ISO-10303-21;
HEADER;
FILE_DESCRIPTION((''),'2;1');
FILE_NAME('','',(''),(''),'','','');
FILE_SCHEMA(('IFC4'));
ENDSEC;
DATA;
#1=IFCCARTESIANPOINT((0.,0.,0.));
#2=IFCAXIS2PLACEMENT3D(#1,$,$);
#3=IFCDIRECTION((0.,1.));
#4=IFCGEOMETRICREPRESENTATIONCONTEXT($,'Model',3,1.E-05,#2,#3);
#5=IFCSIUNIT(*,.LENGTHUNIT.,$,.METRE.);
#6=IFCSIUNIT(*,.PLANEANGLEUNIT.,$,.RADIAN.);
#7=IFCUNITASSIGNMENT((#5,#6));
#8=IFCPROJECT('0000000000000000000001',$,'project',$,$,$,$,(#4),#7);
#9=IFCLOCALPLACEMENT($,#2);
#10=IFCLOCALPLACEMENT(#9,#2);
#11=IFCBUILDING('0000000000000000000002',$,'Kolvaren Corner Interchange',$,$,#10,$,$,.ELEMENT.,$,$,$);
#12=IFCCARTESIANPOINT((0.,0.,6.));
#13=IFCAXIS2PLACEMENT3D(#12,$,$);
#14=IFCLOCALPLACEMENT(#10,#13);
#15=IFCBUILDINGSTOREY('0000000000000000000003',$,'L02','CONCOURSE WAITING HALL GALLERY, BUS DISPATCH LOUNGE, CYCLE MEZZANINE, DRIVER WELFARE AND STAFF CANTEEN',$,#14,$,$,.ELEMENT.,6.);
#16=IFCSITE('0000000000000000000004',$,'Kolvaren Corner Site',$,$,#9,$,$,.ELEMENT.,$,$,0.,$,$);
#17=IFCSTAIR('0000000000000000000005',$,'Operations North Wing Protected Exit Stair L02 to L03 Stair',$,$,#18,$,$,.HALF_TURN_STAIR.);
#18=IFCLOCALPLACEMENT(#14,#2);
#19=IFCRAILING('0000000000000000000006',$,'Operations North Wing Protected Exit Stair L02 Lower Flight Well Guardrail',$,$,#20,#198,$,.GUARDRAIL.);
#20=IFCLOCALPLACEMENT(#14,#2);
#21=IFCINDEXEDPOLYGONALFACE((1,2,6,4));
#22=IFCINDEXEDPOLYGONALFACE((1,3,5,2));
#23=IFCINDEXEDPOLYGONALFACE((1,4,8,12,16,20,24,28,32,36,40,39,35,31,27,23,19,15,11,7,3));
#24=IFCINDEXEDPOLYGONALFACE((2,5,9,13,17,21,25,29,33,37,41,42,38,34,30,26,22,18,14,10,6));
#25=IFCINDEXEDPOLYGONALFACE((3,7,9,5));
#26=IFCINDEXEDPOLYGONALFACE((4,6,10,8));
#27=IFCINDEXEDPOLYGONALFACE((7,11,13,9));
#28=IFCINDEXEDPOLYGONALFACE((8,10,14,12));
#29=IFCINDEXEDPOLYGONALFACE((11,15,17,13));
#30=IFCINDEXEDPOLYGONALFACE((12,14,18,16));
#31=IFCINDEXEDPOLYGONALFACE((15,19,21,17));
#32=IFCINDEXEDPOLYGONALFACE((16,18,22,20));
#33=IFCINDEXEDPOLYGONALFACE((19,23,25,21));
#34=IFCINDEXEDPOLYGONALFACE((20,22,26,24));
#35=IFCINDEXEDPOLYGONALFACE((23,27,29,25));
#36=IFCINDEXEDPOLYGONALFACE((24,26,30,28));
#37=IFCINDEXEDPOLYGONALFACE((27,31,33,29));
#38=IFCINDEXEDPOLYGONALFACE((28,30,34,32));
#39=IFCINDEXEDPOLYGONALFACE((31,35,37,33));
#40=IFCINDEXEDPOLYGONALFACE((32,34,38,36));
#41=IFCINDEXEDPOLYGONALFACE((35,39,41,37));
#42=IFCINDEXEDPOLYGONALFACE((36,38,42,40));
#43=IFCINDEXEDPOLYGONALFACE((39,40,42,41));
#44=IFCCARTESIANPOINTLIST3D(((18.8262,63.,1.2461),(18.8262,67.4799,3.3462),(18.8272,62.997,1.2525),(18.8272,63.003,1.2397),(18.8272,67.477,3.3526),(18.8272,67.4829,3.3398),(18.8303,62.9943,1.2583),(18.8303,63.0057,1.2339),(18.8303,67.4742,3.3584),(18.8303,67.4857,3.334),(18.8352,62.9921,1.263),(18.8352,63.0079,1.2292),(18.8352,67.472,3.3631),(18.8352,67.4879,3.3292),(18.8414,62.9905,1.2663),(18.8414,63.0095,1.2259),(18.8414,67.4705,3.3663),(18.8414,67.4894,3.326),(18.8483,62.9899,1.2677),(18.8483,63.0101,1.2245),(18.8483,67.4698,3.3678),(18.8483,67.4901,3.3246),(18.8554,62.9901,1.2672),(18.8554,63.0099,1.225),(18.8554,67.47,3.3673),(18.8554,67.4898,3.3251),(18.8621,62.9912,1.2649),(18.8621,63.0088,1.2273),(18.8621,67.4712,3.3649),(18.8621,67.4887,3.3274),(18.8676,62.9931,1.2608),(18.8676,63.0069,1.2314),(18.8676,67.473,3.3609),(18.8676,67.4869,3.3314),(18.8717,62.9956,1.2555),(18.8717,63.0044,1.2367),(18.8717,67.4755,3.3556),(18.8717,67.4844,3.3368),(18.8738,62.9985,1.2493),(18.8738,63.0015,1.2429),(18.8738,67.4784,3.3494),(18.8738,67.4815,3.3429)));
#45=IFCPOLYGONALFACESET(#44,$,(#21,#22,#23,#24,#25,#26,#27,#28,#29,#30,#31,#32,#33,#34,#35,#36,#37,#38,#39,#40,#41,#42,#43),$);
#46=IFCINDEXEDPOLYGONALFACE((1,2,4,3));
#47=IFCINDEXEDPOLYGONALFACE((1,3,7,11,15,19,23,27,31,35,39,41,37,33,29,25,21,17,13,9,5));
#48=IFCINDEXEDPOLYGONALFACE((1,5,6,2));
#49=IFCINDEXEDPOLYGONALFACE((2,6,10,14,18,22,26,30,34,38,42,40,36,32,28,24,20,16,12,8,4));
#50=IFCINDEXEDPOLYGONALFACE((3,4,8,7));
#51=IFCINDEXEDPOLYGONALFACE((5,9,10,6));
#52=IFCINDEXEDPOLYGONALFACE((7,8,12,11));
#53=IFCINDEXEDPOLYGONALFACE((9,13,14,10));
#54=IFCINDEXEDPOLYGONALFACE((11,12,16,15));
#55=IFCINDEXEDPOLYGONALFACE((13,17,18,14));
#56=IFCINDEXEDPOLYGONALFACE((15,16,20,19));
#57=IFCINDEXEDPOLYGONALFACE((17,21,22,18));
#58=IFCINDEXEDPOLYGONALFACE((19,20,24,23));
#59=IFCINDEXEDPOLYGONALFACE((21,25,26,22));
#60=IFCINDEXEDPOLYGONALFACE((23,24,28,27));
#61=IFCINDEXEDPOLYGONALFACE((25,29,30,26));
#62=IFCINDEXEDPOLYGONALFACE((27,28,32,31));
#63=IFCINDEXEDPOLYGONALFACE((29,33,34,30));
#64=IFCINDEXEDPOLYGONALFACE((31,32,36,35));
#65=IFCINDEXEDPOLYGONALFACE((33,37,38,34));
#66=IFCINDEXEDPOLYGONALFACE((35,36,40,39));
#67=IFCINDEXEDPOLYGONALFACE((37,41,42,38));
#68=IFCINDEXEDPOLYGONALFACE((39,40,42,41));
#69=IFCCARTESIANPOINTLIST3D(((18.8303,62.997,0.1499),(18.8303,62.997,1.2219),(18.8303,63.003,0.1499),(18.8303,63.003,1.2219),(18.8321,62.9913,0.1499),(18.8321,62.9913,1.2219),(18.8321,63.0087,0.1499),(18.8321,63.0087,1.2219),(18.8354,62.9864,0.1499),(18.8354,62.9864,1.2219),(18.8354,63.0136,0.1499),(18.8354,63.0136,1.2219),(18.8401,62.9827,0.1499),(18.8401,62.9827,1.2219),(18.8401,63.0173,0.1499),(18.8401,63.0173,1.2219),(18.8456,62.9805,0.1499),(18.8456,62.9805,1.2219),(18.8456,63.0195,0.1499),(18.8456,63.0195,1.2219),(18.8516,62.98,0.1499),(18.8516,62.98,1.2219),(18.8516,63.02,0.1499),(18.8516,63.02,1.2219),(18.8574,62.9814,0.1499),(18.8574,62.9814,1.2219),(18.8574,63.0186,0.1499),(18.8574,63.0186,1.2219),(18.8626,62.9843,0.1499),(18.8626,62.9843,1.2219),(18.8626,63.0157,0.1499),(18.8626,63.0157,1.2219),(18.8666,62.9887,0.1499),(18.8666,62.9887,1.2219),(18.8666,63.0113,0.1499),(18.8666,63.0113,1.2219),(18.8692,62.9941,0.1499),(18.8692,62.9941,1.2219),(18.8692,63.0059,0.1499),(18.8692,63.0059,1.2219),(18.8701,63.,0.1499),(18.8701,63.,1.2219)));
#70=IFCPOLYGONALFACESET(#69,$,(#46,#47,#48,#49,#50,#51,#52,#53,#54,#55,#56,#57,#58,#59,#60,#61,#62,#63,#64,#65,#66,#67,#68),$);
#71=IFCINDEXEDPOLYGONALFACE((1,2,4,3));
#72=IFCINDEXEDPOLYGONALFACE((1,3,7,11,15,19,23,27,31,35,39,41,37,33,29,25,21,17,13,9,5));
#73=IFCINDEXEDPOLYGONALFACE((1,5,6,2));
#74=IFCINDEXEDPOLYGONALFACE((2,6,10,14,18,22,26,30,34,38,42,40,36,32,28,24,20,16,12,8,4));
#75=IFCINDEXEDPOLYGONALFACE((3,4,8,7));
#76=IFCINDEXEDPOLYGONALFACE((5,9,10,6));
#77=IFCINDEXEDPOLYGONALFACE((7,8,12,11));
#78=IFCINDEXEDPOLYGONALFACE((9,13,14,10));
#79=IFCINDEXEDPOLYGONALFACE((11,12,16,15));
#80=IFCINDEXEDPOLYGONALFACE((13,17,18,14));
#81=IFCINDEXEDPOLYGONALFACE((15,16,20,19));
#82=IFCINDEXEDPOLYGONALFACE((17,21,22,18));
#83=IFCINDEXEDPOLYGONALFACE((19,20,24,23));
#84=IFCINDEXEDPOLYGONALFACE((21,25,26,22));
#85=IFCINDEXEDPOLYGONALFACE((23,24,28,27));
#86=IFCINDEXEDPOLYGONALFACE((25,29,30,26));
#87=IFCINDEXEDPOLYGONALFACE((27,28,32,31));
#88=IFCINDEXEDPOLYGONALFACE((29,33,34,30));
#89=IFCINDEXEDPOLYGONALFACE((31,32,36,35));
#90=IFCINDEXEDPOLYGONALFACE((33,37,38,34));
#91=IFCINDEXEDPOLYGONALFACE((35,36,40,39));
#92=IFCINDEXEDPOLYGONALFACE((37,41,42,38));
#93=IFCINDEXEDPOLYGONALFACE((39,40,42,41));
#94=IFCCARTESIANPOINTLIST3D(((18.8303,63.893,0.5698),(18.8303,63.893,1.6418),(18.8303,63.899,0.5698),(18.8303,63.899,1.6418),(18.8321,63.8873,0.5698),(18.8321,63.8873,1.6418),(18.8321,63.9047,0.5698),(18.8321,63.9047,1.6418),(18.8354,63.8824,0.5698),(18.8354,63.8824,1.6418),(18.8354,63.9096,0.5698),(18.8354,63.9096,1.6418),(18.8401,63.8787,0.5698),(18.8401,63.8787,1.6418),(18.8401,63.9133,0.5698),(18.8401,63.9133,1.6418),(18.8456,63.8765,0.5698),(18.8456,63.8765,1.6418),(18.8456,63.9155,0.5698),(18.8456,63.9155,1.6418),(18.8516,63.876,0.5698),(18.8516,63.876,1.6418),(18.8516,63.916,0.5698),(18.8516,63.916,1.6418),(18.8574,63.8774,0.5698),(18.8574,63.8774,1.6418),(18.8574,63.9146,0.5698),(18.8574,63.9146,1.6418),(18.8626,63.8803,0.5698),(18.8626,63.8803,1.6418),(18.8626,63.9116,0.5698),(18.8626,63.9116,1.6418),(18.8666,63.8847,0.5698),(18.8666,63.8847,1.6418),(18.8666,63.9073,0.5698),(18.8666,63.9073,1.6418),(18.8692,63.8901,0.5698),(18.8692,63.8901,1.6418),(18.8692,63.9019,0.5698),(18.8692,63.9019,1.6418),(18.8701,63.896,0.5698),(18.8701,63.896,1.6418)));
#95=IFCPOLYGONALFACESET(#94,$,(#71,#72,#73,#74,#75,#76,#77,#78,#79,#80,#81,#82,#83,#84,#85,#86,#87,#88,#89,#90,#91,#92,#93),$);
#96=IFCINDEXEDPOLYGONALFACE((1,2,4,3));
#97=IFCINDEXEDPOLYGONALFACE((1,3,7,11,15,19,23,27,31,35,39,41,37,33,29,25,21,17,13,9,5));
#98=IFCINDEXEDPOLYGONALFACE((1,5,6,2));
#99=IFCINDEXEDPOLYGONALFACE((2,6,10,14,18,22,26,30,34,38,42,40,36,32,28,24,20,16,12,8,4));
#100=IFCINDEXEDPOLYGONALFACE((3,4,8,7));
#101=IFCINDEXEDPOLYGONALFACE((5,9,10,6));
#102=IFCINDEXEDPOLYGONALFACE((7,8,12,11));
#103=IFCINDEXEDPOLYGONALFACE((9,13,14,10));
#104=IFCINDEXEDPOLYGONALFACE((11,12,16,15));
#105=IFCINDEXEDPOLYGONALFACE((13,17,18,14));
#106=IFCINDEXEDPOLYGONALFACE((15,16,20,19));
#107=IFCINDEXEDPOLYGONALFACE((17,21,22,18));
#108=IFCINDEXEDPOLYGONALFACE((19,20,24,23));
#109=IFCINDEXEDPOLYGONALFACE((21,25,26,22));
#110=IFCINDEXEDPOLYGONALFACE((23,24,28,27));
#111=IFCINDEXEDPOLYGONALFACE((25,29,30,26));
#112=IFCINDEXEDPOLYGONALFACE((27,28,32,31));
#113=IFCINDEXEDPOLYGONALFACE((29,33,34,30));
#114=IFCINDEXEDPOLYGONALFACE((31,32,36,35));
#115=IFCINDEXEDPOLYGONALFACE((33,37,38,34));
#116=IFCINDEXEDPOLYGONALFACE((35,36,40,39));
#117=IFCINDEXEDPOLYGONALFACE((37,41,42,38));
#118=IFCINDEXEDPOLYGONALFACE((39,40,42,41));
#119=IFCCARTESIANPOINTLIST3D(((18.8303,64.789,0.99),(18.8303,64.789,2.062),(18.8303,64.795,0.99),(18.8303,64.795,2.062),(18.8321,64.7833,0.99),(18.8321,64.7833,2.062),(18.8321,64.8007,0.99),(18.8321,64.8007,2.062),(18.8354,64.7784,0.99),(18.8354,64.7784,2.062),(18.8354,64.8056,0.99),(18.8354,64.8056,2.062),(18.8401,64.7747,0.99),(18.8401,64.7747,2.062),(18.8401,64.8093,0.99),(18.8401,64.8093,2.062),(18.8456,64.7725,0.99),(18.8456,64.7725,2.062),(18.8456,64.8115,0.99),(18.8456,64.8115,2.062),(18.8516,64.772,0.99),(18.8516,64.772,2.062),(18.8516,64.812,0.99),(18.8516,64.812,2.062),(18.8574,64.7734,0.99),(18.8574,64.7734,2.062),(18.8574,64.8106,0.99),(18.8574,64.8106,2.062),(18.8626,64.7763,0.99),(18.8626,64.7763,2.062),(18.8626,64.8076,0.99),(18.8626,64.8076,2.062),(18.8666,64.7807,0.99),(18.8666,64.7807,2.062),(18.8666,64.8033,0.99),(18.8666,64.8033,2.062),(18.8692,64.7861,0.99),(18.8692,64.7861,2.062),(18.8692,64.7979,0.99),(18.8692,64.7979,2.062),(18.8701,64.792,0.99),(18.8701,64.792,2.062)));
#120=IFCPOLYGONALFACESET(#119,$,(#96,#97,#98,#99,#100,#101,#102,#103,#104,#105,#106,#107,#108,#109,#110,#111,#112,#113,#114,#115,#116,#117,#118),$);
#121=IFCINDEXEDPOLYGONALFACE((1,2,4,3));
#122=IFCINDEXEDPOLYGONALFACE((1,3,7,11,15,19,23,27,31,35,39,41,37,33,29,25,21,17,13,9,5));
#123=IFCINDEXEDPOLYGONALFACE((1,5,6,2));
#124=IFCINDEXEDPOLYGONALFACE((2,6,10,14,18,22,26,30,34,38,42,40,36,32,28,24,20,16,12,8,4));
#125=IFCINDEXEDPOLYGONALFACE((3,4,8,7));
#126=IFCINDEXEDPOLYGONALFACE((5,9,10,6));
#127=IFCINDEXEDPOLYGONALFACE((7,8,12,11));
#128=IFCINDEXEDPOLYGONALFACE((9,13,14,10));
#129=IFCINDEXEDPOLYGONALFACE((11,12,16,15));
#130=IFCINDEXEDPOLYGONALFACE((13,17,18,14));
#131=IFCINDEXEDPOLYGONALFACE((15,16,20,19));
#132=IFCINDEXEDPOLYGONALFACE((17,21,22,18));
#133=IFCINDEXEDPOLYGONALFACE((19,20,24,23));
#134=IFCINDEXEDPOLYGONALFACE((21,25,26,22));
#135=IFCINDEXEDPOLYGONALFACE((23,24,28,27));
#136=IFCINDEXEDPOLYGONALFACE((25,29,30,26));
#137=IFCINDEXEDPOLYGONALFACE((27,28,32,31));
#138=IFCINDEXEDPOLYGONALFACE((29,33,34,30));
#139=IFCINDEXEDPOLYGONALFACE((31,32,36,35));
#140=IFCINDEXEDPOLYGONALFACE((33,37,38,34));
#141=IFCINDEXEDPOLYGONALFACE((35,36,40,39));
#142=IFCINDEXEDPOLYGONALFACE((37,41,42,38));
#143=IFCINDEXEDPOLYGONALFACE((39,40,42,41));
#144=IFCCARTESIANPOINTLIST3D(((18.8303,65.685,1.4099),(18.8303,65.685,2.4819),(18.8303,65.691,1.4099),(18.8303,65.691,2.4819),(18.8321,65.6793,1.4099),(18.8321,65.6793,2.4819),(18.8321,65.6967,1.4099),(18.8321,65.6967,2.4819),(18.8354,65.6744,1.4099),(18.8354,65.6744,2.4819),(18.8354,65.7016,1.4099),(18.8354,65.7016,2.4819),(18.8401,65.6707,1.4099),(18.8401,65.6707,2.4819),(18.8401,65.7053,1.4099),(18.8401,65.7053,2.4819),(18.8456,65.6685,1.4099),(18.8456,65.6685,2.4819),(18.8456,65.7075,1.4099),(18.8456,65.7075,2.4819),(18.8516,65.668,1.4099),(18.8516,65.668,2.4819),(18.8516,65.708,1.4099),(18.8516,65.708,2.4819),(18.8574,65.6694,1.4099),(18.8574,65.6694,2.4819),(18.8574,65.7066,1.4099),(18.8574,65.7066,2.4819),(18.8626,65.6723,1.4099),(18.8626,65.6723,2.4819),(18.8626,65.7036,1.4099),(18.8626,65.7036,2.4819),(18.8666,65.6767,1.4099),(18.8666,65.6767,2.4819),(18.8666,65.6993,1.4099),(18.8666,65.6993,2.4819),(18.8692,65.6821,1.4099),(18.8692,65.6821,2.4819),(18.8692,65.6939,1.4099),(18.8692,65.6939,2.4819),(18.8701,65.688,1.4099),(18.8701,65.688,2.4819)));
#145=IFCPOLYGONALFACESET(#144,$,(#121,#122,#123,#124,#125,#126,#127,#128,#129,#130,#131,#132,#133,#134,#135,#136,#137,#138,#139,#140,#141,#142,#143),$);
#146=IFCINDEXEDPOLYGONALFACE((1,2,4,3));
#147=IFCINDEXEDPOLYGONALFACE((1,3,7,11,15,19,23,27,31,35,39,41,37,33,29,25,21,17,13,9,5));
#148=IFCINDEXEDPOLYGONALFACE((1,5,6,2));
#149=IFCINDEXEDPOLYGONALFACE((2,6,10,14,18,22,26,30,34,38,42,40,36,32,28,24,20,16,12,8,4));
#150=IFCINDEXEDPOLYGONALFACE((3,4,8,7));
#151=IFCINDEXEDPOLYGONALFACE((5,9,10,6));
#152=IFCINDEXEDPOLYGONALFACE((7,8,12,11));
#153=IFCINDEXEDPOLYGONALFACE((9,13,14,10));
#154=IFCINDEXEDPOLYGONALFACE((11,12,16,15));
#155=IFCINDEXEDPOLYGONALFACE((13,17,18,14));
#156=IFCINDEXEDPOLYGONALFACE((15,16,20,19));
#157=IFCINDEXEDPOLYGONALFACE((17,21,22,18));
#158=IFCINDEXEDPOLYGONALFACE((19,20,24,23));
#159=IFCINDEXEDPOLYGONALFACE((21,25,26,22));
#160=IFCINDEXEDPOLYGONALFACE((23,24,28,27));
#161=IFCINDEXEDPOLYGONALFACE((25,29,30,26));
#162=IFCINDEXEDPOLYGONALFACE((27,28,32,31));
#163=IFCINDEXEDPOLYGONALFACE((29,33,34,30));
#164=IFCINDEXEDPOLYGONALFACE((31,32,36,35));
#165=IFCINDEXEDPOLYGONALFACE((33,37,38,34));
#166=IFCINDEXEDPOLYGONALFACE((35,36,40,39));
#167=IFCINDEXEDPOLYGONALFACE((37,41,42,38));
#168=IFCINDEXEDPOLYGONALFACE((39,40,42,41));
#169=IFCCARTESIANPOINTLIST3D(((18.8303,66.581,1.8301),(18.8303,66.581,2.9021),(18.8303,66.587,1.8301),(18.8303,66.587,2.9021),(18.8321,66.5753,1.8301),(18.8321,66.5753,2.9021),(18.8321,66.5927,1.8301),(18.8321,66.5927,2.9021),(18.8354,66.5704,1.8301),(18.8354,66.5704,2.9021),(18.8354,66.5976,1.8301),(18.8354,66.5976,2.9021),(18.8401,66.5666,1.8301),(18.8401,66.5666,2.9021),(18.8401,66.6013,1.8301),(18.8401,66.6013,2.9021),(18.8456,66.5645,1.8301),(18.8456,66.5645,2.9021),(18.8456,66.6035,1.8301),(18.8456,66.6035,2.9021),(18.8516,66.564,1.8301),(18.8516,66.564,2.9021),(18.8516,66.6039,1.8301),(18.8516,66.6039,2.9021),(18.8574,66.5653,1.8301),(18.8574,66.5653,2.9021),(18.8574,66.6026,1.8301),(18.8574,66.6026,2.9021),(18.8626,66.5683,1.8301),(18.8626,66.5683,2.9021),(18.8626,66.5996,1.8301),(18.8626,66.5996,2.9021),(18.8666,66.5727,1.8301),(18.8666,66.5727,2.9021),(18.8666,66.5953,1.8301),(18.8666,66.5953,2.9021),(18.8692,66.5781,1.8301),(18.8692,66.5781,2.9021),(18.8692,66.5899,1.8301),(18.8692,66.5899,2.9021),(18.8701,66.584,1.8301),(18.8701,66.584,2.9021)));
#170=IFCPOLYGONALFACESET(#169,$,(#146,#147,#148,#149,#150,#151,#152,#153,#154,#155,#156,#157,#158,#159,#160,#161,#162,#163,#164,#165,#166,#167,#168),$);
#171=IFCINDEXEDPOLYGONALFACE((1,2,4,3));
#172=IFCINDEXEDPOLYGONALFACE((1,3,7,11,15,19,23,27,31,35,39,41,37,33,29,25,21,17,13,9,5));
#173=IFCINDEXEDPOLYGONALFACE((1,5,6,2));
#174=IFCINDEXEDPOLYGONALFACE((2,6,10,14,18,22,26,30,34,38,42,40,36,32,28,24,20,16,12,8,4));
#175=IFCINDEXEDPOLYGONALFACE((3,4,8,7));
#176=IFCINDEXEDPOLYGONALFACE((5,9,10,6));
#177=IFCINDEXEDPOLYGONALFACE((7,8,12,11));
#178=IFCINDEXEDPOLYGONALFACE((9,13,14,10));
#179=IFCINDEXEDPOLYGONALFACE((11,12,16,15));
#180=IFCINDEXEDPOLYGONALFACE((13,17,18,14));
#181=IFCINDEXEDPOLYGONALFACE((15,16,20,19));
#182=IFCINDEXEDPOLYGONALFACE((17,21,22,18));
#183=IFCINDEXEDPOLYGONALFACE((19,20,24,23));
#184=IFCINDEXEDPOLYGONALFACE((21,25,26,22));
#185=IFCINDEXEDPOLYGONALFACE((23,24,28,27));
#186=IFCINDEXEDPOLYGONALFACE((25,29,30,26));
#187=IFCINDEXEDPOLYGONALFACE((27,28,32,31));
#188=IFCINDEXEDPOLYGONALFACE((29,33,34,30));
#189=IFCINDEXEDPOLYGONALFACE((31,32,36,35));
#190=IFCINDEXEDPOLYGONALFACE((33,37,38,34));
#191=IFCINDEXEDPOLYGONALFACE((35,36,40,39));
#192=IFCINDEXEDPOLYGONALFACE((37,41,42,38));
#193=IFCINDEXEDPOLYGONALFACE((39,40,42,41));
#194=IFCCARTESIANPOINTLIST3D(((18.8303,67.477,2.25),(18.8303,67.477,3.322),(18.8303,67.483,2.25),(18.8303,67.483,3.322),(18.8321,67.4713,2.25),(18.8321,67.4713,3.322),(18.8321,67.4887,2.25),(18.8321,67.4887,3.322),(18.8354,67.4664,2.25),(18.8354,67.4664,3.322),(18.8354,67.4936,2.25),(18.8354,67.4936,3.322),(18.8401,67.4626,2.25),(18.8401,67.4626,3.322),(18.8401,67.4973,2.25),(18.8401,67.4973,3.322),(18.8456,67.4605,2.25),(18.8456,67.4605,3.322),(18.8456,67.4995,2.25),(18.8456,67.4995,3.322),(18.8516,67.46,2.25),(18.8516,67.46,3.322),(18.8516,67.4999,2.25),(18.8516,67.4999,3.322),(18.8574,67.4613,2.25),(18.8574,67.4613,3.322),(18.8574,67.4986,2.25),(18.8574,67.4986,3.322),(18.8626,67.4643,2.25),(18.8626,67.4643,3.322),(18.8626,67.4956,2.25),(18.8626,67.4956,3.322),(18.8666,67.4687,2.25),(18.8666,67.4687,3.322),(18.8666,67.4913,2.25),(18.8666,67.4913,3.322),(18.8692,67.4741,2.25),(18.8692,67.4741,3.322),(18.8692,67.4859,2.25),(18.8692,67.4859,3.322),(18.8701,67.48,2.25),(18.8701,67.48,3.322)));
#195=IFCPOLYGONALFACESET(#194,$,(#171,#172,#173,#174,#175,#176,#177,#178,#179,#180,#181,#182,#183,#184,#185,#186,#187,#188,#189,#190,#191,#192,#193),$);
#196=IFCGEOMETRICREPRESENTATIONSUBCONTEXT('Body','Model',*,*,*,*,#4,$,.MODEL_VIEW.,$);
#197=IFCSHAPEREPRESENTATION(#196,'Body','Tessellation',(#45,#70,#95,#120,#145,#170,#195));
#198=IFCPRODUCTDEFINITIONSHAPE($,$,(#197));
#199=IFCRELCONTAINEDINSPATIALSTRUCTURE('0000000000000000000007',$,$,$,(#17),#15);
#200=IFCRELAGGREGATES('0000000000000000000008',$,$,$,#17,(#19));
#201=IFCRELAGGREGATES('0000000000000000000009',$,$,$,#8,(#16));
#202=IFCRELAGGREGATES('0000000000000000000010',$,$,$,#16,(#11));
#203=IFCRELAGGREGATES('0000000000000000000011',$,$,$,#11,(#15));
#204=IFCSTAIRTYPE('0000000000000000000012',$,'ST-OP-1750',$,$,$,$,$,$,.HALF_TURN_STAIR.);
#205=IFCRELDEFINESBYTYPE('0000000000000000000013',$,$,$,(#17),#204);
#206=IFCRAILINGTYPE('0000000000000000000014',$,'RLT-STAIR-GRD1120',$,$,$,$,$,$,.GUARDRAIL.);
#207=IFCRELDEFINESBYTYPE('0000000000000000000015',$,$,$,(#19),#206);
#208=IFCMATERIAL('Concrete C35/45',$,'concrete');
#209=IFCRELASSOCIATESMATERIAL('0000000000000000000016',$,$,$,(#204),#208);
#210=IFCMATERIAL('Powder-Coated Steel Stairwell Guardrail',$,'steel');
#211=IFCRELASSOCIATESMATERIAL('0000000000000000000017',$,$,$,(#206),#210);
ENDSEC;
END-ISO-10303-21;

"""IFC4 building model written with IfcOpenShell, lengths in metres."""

from ifc_helpers import new_model, si_unit, direction, frame, origin, origin_2d, place, context, subcontext, project, spatial, circle, extrude, material, type_object, element, aggregate, save


model = new_model("IFC4")

# Units and contexts
model_context = context("Model", 3, precision=1e-05, world=origin(), true_north=direction((0.0, 1.0)))
body_context = subcontext(model_context, "Body", "Model", "MODEL_VIEW")
ifc_project = project(units=[si_unit("LENGTHUNIT", "METRE"), si_unit("PLANEANGLEUNIT", "RADIAN")], contexts=[model_context])

# Site, building, storey
site_placement = place(None, origin())
site = spatial("IfcSite", under=ifc_project, at=site_placement, Name="Kolvaren Corner Site", CompositionType="ELEMENT", RefElevation=0.0)
building_placement = place(site_placement, origin())
building = spatial("IfcBuilding", under=site, at=building_placement, Name="Kolvaren Corner Interchange", CompositionType="ELEMENT")
storey_placement = place(building_placement, frame((0.0, 0.0, 6.0)))
storey = spatial("IfcBuildingStorey", under=building, at=storey_placement, Name="L02", Description="CONCOURSE WAITING HALL GALLERY, BUS DISPATCH LOUNGE, CYCLE MEZZANINE, DRIVER WELFARE AND STAFF CANTEEN", CompositionType="ELEMENT", Elevation=6.0)

# Stair
ifc_material_1 = material(Name="Concrete C35/45", Category="concrete")
stair_type = type_object("IfcStairType", Name="ST-OP-1750", PredefinedType="HALF_TURN_STAIR", material=ifc_material_1)
stair_placement = place(storey_placement, origin())
stair = element("IfcStair", 1, at=stair_placement, inside=storey, type_object=stair_type, Name="Operations North Wing Protected Exit Stair L02 to L03 Stair", PredefinedType="HALF_TURN_STAIR")

# Railing
ifc_material_2 = material(Name="Powder-Coated Steel Stairwell Guardrail", Category="steel")
railing_type_1 = type_object("IfcRailingType", Name="RLT-STAIR-GRD1120", PredefinedType="GUARDRAIL", material=ifc_material_2)
railing_1_placement = place(storey_placement, frame((18.8501, 63.0, 0.1499)))
railing_1 = element("IfcRailing", 2, at=railing_1_placement, type_object=railing_type_1, Name="Operations North Wing Protected Exit Stair L02 Lower Flight Well Guardrail", PredefinedType="GUARDRAIL", context=body_context, shape_type="SweptSolid", body=[
    extrude(circle(Radius=0.0239, at=origin_2d()), frame((0.0, 0.0, 1.0962), z_axis=(0.0, 0.905451, 0.424452), x_axis=(-1.0, 0.0, 0.0)), (0.0, 0.0, 1.0), 4.9478),
    extrude(circle(Radius=0.02, at=origin_2d()), origin(), (0.0, 0.0, 1.0), 1.072),
    extrude(circle(Radius=0.02, at=origin_2d()), frame((0.0, 0.896, 0.4199)), (0.0, 0.0, 1.0), 1.072),
    extrude(circle(Radius=0.02, at=origin_2d()), frame((0.0, 1.792, 0.8401)), (0.0, 0.0, 1.0), 1.072),
    extrude(circle(Radius=0.02, at=origin_2d()), frame((0.0, 2.688, 1.26)), (0.0, 0.0, 1.0), 1.072),
    extrude(circle(Radius=0.02, at=origin_2d()), frame((0.0, 3.584, 1.6802)), (0.0, 0.0, 1.0), 1.072),
    extrude(circle(Radius=0.02, at=origin_2d()), frame((0.0, 4.48, 2.1001)), (0.0, 0.0, 1.0), 1.072),
])
aggregate(stair, [railing_1])

save(model, "model.ifc")
